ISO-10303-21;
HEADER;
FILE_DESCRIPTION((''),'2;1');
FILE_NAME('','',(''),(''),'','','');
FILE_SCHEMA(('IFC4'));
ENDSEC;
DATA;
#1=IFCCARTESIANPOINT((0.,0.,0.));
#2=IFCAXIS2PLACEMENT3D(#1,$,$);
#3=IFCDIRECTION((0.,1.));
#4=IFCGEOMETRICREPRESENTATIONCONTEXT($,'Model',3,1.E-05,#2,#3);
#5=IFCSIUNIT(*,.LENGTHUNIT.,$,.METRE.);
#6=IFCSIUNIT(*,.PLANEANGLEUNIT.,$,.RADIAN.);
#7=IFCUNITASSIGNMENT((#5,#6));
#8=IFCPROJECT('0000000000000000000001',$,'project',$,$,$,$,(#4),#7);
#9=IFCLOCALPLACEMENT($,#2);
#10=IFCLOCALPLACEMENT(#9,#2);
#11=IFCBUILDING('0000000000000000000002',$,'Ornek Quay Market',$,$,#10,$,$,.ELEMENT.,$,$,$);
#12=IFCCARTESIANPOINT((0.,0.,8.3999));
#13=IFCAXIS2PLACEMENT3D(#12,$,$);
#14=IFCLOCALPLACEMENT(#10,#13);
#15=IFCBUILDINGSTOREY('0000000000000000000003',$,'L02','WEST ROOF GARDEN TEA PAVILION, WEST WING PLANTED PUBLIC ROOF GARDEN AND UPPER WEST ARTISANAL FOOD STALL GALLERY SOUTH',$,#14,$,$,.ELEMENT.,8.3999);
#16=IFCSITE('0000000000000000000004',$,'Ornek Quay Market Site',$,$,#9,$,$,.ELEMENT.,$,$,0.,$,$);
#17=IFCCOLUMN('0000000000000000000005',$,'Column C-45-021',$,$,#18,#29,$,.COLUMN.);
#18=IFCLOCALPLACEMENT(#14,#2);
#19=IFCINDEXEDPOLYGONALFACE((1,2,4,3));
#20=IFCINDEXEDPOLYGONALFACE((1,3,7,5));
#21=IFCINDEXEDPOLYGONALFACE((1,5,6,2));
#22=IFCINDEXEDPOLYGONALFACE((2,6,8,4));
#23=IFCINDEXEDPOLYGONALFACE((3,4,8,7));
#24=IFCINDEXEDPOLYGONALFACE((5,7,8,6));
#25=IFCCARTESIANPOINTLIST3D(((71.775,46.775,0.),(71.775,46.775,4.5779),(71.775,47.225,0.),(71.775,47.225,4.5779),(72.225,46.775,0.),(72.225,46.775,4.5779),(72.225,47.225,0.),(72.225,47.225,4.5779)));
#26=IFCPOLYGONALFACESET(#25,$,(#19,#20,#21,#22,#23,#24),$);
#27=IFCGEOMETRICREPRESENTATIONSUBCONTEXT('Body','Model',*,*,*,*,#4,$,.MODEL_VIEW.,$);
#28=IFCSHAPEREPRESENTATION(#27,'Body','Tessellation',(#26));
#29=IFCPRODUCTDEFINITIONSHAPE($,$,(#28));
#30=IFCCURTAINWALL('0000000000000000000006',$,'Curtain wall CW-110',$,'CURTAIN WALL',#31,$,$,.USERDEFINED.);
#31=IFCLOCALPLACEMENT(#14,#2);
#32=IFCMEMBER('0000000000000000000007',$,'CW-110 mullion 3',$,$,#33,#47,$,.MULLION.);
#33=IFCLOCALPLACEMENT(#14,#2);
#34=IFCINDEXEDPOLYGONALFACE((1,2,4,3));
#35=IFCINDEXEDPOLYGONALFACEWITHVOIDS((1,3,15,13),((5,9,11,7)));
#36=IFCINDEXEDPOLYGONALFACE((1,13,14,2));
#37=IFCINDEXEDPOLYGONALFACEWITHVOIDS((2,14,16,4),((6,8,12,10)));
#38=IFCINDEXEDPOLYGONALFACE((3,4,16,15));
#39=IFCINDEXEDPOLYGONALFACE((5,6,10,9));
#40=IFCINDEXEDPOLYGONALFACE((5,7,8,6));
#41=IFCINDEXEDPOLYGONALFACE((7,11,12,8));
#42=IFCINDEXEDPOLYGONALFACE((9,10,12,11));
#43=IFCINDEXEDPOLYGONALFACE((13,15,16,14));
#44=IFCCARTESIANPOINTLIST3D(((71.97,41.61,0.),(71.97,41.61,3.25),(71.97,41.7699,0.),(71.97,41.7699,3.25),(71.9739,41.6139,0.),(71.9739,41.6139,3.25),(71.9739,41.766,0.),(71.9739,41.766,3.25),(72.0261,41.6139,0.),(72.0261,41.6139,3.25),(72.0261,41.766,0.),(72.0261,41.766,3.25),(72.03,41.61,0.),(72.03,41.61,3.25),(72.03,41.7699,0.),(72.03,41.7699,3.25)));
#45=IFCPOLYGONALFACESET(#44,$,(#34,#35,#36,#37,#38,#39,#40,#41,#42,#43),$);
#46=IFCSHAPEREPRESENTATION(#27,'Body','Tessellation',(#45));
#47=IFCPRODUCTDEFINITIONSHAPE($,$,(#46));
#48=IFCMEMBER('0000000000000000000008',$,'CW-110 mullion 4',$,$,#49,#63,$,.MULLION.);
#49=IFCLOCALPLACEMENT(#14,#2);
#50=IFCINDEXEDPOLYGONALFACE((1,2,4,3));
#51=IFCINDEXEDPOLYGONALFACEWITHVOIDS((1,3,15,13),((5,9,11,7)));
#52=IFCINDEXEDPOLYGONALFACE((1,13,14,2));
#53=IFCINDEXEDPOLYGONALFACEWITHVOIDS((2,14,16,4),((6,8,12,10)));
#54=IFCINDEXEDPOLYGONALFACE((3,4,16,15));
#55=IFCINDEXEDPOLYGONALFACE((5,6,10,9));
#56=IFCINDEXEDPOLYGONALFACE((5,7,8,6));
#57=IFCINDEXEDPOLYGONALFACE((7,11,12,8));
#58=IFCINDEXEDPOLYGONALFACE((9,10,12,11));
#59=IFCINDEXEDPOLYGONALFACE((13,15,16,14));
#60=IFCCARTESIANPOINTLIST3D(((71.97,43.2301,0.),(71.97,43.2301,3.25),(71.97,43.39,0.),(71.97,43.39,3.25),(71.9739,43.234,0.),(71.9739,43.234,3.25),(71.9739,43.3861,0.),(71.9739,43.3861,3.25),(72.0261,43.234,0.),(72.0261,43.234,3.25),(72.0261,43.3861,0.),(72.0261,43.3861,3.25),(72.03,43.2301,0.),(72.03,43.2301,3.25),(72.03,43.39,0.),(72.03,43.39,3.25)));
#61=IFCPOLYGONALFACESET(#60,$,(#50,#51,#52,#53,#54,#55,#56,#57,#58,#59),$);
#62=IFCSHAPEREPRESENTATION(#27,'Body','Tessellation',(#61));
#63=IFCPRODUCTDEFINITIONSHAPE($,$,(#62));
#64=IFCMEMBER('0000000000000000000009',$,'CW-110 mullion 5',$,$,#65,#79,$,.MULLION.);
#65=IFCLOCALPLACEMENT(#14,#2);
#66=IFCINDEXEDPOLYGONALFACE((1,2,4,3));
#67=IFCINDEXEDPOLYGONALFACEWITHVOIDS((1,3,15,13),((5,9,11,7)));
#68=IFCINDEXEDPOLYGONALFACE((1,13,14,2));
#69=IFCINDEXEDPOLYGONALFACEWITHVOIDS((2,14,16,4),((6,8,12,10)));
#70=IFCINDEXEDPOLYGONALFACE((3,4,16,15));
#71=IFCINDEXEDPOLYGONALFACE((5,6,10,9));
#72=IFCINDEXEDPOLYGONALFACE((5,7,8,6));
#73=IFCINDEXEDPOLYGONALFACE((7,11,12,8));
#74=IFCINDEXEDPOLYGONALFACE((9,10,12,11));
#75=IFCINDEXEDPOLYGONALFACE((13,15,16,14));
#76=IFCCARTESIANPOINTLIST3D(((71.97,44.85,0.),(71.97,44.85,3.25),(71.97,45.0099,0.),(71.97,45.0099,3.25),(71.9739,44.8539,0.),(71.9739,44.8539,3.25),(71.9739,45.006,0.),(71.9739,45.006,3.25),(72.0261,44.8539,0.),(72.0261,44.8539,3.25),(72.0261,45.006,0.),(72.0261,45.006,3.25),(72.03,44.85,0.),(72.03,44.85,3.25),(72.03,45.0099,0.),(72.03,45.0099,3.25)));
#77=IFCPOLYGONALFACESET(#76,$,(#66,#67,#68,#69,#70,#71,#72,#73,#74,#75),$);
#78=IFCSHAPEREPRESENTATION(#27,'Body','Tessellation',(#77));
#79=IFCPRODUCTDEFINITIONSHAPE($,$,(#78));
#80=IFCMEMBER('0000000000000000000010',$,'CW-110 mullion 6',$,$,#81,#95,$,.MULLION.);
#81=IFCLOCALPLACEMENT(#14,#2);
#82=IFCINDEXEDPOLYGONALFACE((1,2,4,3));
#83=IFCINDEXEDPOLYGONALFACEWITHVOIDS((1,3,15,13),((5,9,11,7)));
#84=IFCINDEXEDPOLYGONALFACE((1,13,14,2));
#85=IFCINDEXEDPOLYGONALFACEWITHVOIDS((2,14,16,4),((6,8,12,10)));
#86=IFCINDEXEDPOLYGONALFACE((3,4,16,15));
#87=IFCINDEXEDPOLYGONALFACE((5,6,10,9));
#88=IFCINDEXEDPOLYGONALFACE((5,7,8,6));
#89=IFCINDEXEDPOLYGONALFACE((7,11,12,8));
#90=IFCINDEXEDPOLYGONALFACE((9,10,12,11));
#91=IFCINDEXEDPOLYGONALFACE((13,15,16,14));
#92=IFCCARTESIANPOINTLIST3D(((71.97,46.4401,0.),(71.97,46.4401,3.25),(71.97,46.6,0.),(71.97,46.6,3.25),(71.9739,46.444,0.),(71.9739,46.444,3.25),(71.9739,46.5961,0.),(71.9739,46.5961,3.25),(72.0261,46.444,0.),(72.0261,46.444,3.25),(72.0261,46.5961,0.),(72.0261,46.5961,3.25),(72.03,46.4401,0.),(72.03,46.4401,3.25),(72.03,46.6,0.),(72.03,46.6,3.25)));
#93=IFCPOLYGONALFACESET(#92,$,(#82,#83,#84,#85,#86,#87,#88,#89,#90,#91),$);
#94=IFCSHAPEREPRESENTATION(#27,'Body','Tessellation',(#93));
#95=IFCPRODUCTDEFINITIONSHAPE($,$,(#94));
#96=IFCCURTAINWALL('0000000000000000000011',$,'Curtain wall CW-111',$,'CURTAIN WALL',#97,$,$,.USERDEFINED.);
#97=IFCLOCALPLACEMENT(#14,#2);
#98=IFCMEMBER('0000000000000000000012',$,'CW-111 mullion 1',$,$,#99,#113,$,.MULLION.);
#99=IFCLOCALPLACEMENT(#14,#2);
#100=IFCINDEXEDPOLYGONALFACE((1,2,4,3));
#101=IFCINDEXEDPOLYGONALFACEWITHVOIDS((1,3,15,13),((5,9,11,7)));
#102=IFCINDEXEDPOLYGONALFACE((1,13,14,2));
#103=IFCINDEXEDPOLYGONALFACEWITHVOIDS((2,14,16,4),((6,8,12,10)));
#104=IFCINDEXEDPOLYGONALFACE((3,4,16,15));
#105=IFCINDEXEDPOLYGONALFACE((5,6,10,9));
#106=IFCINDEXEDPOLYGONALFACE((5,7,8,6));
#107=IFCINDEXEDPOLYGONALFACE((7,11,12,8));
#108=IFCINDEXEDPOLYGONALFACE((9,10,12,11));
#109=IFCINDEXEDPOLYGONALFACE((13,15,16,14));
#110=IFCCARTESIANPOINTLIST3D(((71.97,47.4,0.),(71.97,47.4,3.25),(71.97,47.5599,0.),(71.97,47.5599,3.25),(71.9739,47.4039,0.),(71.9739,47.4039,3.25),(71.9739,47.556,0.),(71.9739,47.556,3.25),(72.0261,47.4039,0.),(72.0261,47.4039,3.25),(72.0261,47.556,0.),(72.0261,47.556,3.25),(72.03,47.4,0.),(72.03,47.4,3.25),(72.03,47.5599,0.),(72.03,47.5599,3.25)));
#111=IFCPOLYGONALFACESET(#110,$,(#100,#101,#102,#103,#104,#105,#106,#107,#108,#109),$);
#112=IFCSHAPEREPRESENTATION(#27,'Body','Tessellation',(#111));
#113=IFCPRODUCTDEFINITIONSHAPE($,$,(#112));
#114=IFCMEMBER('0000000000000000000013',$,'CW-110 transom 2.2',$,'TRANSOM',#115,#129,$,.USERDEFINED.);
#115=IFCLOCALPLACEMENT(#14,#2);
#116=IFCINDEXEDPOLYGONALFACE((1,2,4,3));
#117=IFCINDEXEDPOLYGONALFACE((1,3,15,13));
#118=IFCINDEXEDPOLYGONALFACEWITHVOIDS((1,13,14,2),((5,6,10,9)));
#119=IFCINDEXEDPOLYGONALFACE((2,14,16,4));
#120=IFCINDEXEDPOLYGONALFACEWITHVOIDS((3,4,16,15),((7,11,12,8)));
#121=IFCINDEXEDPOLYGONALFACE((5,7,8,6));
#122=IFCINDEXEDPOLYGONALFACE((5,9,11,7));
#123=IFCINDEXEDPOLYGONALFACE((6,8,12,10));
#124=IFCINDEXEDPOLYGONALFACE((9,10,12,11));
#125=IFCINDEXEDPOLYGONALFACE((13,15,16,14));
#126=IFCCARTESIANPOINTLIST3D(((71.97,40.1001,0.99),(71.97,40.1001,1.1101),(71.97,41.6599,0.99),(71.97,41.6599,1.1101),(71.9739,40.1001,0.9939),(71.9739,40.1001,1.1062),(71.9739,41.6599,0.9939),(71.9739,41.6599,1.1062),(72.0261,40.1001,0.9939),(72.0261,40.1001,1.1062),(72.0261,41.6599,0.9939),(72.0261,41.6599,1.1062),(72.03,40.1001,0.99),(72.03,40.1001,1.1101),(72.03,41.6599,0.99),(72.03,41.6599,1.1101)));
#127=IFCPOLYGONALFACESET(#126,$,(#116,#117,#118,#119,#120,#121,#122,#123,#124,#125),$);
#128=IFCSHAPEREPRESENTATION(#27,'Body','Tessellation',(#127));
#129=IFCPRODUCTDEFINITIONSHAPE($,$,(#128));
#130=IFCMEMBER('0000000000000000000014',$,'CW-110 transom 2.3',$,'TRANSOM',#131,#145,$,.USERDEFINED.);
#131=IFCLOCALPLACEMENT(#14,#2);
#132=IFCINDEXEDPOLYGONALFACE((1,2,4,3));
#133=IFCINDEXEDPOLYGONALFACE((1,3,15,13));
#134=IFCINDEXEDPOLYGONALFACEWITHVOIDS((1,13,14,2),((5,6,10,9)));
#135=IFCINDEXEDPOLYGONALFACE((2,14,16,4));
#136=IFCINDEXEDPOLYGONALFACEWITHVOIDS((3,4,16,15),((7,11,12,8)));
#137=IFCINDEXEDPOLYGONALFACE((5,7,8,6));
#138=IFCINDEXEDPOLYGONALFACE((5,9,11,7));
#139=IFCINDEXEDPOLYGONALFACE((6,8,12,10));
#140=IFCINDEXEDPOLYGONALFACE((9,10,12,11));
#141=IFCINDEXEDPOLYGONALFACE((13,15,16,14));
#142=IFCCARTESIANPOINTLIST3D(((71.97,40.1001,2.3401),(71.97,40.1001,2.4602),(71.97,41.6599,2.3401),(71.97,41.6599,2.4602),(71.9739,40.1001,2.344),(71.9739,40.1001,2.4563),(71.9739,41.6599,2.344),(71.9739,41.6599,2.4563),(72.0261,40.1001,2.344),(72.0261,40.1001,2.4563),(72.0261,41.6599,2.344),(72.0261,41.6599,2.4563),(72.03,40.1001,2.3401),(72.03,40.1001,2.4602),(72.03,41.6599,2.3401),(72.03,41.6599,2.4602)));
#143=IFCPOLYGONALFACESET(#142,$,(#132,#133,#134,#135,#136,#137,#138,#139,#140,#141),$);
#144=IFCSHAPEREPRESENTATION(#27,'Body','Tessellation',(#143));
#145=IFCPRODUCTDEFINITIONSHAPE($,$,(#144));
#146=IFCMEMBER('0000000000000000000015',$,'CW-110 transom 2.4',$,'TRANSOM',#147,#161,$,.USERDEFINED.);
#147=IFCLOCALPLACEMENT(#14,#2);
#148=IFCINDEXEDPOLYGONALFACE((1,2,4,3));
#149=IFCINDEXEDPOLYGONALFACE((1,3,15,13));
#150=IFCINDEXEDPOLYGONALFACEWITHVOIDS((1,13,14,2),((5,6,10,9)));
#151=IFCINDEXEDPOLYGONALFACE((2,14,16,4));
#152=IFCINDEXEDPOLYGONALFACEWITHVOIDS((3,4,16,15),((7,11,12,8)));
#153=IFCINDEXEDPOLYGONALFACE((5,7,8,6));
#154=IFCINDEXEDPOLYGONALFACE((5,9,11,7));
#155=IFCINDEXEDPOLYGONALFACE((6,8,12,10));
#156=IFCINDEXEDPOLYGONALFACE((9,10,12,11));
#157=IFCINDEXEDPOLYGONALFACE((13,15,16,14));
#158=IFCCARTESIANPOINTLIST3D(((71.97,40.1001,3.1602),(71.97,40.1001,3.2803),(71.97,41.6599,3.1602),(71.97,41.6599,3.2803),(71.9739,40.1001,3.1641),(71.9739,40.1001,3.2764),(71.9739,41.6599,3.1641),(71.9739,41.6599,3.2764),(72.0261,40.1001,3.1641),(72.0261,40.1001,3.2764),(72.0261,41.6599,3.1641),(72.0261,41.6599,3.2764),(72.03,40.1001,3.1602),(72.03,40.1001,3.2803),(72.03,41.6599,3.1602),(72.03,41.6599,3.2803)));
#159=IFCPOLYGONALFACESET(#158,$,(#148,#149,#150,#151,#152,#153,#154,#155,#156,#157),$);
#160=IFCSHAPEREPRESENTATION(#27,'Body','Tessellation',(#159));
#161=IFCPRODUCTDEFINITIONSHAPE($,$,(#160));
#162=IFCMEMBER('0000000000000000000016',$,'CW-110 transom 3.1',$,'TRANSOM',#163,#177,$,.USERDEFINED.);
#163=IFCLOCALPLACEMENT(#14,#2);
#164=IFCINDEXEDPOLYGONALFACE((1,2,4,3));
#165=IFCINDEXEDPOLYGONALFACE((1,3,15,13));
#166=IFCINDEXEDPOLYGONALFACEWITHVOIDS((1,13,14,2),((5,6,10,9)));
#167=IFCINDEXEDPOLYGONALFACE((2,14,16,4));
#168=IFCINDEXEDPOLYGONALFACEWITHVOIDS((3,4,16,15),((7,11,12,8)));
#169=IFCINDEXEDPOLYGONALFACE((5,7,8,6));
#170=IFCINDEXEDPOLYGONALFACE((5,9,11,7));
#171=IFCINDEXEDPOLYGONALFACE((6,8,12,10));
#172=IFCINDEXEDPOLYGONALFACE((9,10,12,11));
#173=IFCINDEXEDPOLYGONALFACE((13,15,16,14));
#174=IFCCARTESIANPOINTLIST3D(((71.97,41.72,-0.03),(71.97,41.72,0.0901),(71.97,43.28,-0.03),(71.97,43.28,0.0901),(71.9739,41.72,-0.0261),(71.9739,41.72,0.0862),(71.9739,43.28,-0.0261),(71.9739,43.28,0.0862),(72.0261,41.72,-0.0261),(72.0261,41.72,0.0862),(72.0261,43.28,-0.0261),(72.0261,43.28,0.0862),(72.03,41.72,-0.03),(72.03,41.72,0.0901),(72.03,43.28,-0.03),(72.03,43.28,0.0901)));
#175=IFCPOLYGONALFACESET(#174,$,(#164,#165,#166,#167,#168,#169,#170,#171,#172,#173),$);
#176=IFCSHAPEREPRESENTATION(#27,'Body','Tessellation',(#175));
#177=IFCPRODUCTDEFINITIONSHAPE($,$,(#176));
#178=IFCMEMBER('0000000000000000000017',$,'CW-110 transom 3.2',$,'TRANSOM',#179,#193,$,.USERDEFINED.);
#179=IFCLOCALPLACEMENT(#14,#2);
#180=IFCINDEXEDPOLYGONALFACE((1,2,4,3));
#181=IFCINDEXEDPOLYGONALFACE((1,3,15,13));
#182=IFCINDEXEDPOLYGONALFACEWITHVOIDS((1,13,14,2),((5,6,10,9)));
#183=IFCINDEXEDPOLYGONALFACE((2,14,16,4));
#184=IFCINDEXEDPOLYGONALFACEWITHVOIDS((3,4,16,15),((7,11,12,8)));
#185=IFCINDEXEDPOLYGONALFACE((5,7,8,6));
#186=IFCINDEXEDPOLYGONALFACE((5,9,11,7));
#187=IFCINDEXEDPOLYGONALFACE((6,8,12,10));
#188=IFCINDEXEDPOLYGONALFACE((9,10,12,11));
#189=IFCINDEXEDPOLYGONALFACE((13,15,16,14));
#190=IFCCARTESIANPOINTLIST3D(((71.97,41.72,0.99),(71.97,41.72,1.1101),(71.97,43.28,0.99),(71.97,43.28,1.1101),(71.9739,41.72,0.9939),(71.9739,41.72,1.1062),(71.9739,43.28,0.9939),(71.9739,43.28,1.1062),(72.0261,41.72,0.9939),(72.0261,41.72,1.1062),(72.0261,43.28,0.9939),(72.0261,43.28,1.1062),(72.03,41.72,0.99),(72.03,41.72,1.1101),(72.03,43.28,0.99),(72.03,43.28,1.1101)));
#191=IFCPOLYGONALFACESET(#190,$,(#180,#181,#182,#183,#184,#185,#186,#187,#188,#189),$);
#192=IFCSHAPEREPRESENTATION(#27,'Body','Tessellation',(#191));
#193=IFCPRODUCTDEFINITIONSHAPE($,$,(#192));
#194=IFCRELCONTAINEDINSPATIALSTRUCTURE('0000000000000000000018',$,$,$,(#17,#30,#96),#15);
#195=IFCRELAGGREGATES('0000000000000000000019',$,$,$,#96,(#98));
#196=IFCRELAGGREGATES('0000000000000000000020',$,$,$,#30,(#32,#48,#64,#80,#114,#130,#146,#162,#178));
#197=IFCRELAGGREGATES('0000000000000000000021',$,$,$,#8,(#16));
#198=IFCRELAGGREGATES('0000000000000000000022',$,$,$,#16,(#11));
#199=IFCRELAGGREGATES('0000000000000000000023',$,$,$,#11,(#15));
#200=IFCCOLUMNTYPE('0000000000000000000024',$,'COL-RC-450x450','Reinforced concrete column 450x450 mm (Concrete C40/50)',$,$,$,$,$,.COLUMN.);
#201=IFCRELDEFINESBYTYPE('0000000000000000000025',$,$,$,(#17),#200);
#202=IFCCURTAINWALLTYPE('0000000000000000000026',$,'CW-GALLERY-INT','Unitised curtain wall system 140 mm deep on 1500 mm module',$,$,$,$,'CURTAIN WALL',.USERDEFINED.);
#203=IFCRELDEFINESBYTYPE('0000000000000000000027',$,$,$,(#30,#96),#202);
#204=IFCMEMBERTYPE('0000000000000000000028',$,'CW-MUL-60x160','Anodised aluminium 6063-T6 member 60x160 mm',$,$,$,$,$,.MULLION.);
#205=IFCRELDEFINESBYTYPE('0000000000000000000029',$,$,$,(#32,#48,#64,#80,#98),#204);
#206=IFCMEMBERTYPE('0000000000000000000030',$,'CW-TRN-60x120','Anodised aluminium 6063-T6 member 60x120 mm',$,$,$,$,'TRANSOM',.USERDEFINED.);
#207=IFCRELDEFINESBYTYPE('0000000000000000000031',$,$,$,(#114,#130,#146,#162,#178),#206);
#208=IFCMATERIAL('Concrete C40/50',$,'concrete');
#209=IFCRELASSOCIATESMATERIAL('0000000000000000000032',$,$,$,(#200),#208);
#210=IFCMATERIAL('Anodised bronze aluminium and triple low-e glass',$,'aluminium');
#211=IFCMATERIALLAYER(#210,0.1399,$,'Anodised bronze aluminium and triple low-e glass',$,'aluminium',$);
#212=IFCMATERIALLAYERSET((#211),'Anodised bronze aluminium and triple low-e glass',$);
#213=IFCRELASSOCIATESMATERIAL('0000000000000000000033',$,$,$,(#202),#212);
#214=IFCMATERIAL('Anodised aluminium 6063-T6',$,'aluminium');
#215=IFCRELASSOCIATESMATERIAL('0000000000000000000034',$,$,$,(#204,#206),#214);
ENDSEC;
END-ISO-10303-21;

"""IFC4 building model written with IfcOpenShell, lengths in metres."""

from ifc_helpers import new_model, si_unit, direction, frame, origin, origin_2d, place, context, subcontext, project, spatial, rectangle, hollow_rectangle, extrude, material, layer, layer_set, material_profile, profile_set, type_object, element, aggregate, save


model = new_model("IFC4")

# Units and contexts
model_context = context("Model", 3, precision=1e-05, world=origin(), true_north=direction((0.0, 1.0)))
body_context = subcontext(model_context, "Body", "Model", "MODEL_VIEW")
ifc_project = project(units=[si_unit("LENGTHUNIT", "METRE"), si_unit("PLANEANGLEUNIT", "RADIAN")], contexts=[model_context])

# Site, building, storey
site_placement = place(None, origin())
site = spatial("IfcSite", under=ifc_project, at=site_placement, Name="Ornek Quay Market Site", CompositionType="ELEMENT", RefElevation=0.0)
building_placement = place(site_placement, origin())
building = spatial("IfcBuilding", under=site, at=building_placement, Name="Ornek Quay Market", CompositionType="ELEMENT")
storey_placement = place(building_placement, frame((0.0, 0.0, 8.3999)))
storey = spatial("IfcBuildingStorey", under=building, at=storey_placement, Name="L02", Description="WEST ROOF GARDEN TEA PAVILION, WEST WING PLANTED PUBLIC ROOF GARDEN AND UPPER WEST ARTISANAL FOOD STALL GALLERY SOUTH", CompositionType="ELEMENT", Elevation=8.3999)

# Column
ifc_material_1 = material(Name="Concrete C40/50", Category="concrete")
ifc_material_profile_1 = material_profile(ifc_material_1, rectangle(XDim=0.45, YDim=0.45, at=origin_2d()), Name="RC 450x450", Category="concrete")
ifc_profile_set_1 = profile_set([ifc_material_profile_1], Name="Concrete C40/50")
column_type = type_object("IfcColumnType", Name="COL-RC-450x450", Description="Reinforced concrete column 450x450 mm (Concrete C40/50)", PredefinedType="COLUMN", material=ifc_profile_set_1)
column_placement = place(storey_placement, frame((72.0, 47.0, 0.0), z_axis=(0.0, 0.0, 1.0), x_axis=(1.0, 0.0, 0.0)))
element("IfcColumn", 1, at=column_placement, inside=storey, type_object=column_type, Name="Column C-45-021", PredefinedType="COLUMN", context=body_context, shape_type="SweptSolid", body=[
    extrude(rectangle(XDim=0.45, YDim=0.45, at=origin_2d()), origin(), (0.0, 0.0, 1.0), 4.5779),
])

# Curtain wall, members
ifc_material_2 = material(Name="Anodised bronze aluminium and triple low-e glass", Category="aluminium")
ifc_layer_1 = layer(ifc_material_2, 0.1399, Name="Anodised bronze aluminium and triple low-e glass", Category="aluminium")
ifc_layer_set_1 = layer_set([ifc_layer_1], Name="Anodised bronze aluminium and triple low-e glass")
curtain_wall_type = type_object("IfcCurtainWallType", Name="CW-GALLERY-INT", Description="Unitised curtain wall system 140 mm deep on 1500 mm module", ElementType="CURTAIN WALL", PredefinedType="USERDEFINED", material=ifc_layer_set_1)
curtain_wall_1_placement = place(storey_placement, origin())
curtain_wall_1 = element("IfcCurtainWall", 2, at=curtain_wall_1_placement, inside=storey, type_object=curtain_wall_type, Name="Curtain wall CW-110", ObjectType="CURTAIN WALL", PredefinedType="USERDEFINED")
ifc_material_3 = material(Name="Anodised aluminium 6063-T6", Category="aluminium")
ifc_material_profile_2 = material_profile(ifc_material_3, hollow_rectangle(XDim=0.0601, YDim=0.1599, WallThickness=0.0039, at=origin_2d()), Name="CW-MUL-60x160", Category="aluminium")
ifc_profile_set_2 = profile_set([ifc_material_profile_2], Name="Anodised aluminium 6063-T6")
member_type_1 = type_object("IfcMemberType", Name="CW-MUL-60x160", Description="Anodised aluminium 6063-T6 member 60x160 mm", PredefinedType="MULLION", material=ifc_profile_set_2)
member_1_placement = place(storey_placement, frame((72.0, 41.6899, 0.0), z_axis=(0.0, 0.0, 1.0), x_axis=(-1.0, 0.0, 0.0)))
member_1 = element("IfcMember", 3, at=member_1_placement, type_object=member_type_1, Name="CW-110 mullion 3", PredefinedType="MULLION", context=body_context, shape_type="SweptSolid", body=[
    extrude(hollow_rectangle(XDim=0.0601, YDim=0.1599, WallThickness=0.0039, at=origin_2d()), origin(), (0.0, 0.0, 1.0), 3.25),
])
member_2_placement = place(storey_placement, frame((72.0, 43.3101, 0.0), z_axis=(0.0, 0.0, 1.0), x_axis=(-1.0, 0.0, 0.0)))
member_2 = element("IfcMember", 4, at=member_2_placement, type_object=member_type_1, Name="CW-110 mullion 4", PredefinedType="MULLION", context=body_context, shape_type="SweptSolid", body=[
    extrude(hollow_rectangle(XDim=0.0601, YDim=0.1599, WallThickness=0.0039, at=origin_2d()), origin(), (0.0, 0.0, 1.0), 3.25),
])
member_3_placement = place(storey_placement, frame((72.0, 44.9299, 0.0), z_axis=(0.0, 0.0, 1.0), x_axis=(-1.0, 0.0, 0.0)))
member_3 = element("IfcMember", 5, at=member_3_placement, type_object=member_type_1, Name="CW-110 mullion 5", PredefinedType="MULLION", context=body_context, shape_type="SweptSolid", body=[
    extrude(hollow_rectangle(XDim=0.0601, YDim=0.1599, WallThickness=0.0039, at=origin_2d()), origin(), (0.0, 0.0, 1.0), 3.25),
])
member_4_placement = place(storey_placement, frame((72.0, 46.52, 0.0), z_axis=(0.0, 0.0, 1.0), x_axis=(-1.0, 0.0, 0.0)))
member_4 = element("IfcMember", 6, at=member_4_placement, type_object=member_type_1, Name="CW-110 mullion 6", PredefinedType="MULLION", context=body_context, shape_type="SweptSolid", body=[
    extrude(hollow_rectangle(XDim=0.0601, YDim=0.1599, WallThickness=0.0039, at=origin_2d()), origin(), (0.0, 0.0, 1.0), 3.25),
])

# Curtain wall, member
curtain_wall_2_placement = place(storey_placement, origin())
curtain_wall_2 = element("IfcCurtainWall", 7, at=curtain_wall_2_placement, inside=storey, type_object=curtain_wall_type, Name="Curtain wall CW-111", ObjectType="CURTAIN WALL", PredefinedType="USERDEFINED")
member_5_placement = place(storey_placement, frame((72.0, 47.48, 0.0), z_axis=(0.0, 0.0, 1.0), x_axis=(-1.0, 0.0, 0.0)))
member_5 = element("IfcMember", 8, at=member_5_placement, type_object=member_type_1, Name="CW-111 mullion 1", PredefinedType="MULLION", context=body_context, shape_type="SweptSolid", body=[
    extrude(hollow_rectangle(XDim=0.0601, YDim=0.1599, WallThickness=0.0039, at=origin_2d()), origin(), (0.0, 0.0, 1.0), 3.25),
])

# Members
ifc_material_profile_3 = material_profile(ifc_material_3, hollow_rectangle(XDim=0.0601, YDim=0.1201, WallThickness=0.0039, at=origin_2d()), Name="CW-TRN-60x120", Category="aluminium")
ifc_profile_set_3 = profile_set([ifc_material_profile_3], Name="Anodised aluminium 6063-T6")
member_type_2 = type_object("IfcMemberType", Name="CW-TRN-60x120", Description="Anodised aluminium 6063-T6 member 60x120 mm", ElementType="TRANSOM", PredefinedType="USERDEFINED", material=ifc_profile_set_3)
member_6_placement = place(storey_placement, frame((72.0, 40.1001, 1.05), z_axis=(0.0, 1.0, 0.0), x_axis=(-1.0, 0.0, 0.0)))
member_6 = element("IfcMember", 9, at=member_6_placement, type_object=member_type_2, Name="CW-110 transom 2.2", ObjectType="TRANSOM", PredefinedType="USERDEFINED", context=body_context, shape_type="SweptSolid", body=[
    extrude(hollow_rectangle(XDim=0.0601, YDim=0.1201, WallThickness=0.0039, at=origin_2d()), origin(), (0.0, 0.0, 1.0), 1.5598),
])
member_7_placement = place(storey_placement, frame((72.0, 40.1001, 2.4001), z_axis=(0.0, 1.0, 0.0), x_axis=(-1.0, 0.0, 0.0)))
member_7 = element("IfcMember", 10, at=member_7_placement, type_object=member_type_2, Name="CW-110 transom 2.3", ObjectType="TRANSOM", PredefinedType="USERDEFINED", context=body_context, shape_type="SweptSolid", body=[
    extrude(hollow_rectangle(XDim=0.0601, YDim=0.1201, WallThickness=0.0039, at=origin_2d()), origin(), (0.0, 0.0, 1.0), 1.5598),
])
member_8_placement = place(storey_placement, frame((72.0, 40.1001, 3.2202), z_axis=(0.0, 1.0, 0.0), x_axis=(-1.0, 0.0, 0.0)))
member_8 = element("IfcMember", 11, at=member_8_placement, type_object=member_type_2, Name="CW-110 transom 2.4", ObjectType="TRANSOM", PredefinedType="USERDEFINED", context=body_context, shape_type="SweptSolid", body=[
    extrude(hollow_rectangle(XDim=0.0601, YDim=0.1201, WallThickness=0.0039, at=origin_2d()), origin(), (0.0, 0.0, 1.0), 1.5598),
])
member_9_placement = place(storey_placement, frame((72.0, 41.72, 0.03), z_axis=(0.0, 1.0, 0.0), x_axis=(-1.0, 0.0, 0.0)))
member_9 = element("IfcMember", 12, at=member_9_placement, type_object=member_type_2, Name="CW-110 transom 3.1", ObjectType="TRANSOM", PredefinedType="USERDEFINED", context=body_context, shape_type="SweptSolid", body=[
    extrude(hollow_rectangle(XDim=0.0601, YDim=0.1201, WallThickness=0.0039, at=origin_2d()), origin(), (0.0, 0.0, 1.0), 1.5601),
])
member_10_placement = place(storey_placement, frame((72.0, 41.72, 1.05), z_axis=(0.0, 1.0, 0.0), x_axis=(-1.0, 0.0, 0.0)))
member_10 = element("IfcMember", 13, at=member_10_placement, type_object=member_type_2, Name="CW-110 transom 3.2", ObjectType="TRANSOM", PredefinedType="USERDEFINED", context=body_context, shape_type="SweptSolid", body=[
    extrude(hollow_rectangle(XDim=0.0601, YDim=0.1201, WallThickness=0.0039, at=origin_2d()), origin(), (0.0, 0.0, 1.0), 1.5601),
])
aggregate(curtain_wall_2, [member_5])

aggregate(curtain_wall_1, [member_1, member_2, member_3, member_4, member_6, member_7, member_8, member_9, member_10])

save(model, "model.ifc")
